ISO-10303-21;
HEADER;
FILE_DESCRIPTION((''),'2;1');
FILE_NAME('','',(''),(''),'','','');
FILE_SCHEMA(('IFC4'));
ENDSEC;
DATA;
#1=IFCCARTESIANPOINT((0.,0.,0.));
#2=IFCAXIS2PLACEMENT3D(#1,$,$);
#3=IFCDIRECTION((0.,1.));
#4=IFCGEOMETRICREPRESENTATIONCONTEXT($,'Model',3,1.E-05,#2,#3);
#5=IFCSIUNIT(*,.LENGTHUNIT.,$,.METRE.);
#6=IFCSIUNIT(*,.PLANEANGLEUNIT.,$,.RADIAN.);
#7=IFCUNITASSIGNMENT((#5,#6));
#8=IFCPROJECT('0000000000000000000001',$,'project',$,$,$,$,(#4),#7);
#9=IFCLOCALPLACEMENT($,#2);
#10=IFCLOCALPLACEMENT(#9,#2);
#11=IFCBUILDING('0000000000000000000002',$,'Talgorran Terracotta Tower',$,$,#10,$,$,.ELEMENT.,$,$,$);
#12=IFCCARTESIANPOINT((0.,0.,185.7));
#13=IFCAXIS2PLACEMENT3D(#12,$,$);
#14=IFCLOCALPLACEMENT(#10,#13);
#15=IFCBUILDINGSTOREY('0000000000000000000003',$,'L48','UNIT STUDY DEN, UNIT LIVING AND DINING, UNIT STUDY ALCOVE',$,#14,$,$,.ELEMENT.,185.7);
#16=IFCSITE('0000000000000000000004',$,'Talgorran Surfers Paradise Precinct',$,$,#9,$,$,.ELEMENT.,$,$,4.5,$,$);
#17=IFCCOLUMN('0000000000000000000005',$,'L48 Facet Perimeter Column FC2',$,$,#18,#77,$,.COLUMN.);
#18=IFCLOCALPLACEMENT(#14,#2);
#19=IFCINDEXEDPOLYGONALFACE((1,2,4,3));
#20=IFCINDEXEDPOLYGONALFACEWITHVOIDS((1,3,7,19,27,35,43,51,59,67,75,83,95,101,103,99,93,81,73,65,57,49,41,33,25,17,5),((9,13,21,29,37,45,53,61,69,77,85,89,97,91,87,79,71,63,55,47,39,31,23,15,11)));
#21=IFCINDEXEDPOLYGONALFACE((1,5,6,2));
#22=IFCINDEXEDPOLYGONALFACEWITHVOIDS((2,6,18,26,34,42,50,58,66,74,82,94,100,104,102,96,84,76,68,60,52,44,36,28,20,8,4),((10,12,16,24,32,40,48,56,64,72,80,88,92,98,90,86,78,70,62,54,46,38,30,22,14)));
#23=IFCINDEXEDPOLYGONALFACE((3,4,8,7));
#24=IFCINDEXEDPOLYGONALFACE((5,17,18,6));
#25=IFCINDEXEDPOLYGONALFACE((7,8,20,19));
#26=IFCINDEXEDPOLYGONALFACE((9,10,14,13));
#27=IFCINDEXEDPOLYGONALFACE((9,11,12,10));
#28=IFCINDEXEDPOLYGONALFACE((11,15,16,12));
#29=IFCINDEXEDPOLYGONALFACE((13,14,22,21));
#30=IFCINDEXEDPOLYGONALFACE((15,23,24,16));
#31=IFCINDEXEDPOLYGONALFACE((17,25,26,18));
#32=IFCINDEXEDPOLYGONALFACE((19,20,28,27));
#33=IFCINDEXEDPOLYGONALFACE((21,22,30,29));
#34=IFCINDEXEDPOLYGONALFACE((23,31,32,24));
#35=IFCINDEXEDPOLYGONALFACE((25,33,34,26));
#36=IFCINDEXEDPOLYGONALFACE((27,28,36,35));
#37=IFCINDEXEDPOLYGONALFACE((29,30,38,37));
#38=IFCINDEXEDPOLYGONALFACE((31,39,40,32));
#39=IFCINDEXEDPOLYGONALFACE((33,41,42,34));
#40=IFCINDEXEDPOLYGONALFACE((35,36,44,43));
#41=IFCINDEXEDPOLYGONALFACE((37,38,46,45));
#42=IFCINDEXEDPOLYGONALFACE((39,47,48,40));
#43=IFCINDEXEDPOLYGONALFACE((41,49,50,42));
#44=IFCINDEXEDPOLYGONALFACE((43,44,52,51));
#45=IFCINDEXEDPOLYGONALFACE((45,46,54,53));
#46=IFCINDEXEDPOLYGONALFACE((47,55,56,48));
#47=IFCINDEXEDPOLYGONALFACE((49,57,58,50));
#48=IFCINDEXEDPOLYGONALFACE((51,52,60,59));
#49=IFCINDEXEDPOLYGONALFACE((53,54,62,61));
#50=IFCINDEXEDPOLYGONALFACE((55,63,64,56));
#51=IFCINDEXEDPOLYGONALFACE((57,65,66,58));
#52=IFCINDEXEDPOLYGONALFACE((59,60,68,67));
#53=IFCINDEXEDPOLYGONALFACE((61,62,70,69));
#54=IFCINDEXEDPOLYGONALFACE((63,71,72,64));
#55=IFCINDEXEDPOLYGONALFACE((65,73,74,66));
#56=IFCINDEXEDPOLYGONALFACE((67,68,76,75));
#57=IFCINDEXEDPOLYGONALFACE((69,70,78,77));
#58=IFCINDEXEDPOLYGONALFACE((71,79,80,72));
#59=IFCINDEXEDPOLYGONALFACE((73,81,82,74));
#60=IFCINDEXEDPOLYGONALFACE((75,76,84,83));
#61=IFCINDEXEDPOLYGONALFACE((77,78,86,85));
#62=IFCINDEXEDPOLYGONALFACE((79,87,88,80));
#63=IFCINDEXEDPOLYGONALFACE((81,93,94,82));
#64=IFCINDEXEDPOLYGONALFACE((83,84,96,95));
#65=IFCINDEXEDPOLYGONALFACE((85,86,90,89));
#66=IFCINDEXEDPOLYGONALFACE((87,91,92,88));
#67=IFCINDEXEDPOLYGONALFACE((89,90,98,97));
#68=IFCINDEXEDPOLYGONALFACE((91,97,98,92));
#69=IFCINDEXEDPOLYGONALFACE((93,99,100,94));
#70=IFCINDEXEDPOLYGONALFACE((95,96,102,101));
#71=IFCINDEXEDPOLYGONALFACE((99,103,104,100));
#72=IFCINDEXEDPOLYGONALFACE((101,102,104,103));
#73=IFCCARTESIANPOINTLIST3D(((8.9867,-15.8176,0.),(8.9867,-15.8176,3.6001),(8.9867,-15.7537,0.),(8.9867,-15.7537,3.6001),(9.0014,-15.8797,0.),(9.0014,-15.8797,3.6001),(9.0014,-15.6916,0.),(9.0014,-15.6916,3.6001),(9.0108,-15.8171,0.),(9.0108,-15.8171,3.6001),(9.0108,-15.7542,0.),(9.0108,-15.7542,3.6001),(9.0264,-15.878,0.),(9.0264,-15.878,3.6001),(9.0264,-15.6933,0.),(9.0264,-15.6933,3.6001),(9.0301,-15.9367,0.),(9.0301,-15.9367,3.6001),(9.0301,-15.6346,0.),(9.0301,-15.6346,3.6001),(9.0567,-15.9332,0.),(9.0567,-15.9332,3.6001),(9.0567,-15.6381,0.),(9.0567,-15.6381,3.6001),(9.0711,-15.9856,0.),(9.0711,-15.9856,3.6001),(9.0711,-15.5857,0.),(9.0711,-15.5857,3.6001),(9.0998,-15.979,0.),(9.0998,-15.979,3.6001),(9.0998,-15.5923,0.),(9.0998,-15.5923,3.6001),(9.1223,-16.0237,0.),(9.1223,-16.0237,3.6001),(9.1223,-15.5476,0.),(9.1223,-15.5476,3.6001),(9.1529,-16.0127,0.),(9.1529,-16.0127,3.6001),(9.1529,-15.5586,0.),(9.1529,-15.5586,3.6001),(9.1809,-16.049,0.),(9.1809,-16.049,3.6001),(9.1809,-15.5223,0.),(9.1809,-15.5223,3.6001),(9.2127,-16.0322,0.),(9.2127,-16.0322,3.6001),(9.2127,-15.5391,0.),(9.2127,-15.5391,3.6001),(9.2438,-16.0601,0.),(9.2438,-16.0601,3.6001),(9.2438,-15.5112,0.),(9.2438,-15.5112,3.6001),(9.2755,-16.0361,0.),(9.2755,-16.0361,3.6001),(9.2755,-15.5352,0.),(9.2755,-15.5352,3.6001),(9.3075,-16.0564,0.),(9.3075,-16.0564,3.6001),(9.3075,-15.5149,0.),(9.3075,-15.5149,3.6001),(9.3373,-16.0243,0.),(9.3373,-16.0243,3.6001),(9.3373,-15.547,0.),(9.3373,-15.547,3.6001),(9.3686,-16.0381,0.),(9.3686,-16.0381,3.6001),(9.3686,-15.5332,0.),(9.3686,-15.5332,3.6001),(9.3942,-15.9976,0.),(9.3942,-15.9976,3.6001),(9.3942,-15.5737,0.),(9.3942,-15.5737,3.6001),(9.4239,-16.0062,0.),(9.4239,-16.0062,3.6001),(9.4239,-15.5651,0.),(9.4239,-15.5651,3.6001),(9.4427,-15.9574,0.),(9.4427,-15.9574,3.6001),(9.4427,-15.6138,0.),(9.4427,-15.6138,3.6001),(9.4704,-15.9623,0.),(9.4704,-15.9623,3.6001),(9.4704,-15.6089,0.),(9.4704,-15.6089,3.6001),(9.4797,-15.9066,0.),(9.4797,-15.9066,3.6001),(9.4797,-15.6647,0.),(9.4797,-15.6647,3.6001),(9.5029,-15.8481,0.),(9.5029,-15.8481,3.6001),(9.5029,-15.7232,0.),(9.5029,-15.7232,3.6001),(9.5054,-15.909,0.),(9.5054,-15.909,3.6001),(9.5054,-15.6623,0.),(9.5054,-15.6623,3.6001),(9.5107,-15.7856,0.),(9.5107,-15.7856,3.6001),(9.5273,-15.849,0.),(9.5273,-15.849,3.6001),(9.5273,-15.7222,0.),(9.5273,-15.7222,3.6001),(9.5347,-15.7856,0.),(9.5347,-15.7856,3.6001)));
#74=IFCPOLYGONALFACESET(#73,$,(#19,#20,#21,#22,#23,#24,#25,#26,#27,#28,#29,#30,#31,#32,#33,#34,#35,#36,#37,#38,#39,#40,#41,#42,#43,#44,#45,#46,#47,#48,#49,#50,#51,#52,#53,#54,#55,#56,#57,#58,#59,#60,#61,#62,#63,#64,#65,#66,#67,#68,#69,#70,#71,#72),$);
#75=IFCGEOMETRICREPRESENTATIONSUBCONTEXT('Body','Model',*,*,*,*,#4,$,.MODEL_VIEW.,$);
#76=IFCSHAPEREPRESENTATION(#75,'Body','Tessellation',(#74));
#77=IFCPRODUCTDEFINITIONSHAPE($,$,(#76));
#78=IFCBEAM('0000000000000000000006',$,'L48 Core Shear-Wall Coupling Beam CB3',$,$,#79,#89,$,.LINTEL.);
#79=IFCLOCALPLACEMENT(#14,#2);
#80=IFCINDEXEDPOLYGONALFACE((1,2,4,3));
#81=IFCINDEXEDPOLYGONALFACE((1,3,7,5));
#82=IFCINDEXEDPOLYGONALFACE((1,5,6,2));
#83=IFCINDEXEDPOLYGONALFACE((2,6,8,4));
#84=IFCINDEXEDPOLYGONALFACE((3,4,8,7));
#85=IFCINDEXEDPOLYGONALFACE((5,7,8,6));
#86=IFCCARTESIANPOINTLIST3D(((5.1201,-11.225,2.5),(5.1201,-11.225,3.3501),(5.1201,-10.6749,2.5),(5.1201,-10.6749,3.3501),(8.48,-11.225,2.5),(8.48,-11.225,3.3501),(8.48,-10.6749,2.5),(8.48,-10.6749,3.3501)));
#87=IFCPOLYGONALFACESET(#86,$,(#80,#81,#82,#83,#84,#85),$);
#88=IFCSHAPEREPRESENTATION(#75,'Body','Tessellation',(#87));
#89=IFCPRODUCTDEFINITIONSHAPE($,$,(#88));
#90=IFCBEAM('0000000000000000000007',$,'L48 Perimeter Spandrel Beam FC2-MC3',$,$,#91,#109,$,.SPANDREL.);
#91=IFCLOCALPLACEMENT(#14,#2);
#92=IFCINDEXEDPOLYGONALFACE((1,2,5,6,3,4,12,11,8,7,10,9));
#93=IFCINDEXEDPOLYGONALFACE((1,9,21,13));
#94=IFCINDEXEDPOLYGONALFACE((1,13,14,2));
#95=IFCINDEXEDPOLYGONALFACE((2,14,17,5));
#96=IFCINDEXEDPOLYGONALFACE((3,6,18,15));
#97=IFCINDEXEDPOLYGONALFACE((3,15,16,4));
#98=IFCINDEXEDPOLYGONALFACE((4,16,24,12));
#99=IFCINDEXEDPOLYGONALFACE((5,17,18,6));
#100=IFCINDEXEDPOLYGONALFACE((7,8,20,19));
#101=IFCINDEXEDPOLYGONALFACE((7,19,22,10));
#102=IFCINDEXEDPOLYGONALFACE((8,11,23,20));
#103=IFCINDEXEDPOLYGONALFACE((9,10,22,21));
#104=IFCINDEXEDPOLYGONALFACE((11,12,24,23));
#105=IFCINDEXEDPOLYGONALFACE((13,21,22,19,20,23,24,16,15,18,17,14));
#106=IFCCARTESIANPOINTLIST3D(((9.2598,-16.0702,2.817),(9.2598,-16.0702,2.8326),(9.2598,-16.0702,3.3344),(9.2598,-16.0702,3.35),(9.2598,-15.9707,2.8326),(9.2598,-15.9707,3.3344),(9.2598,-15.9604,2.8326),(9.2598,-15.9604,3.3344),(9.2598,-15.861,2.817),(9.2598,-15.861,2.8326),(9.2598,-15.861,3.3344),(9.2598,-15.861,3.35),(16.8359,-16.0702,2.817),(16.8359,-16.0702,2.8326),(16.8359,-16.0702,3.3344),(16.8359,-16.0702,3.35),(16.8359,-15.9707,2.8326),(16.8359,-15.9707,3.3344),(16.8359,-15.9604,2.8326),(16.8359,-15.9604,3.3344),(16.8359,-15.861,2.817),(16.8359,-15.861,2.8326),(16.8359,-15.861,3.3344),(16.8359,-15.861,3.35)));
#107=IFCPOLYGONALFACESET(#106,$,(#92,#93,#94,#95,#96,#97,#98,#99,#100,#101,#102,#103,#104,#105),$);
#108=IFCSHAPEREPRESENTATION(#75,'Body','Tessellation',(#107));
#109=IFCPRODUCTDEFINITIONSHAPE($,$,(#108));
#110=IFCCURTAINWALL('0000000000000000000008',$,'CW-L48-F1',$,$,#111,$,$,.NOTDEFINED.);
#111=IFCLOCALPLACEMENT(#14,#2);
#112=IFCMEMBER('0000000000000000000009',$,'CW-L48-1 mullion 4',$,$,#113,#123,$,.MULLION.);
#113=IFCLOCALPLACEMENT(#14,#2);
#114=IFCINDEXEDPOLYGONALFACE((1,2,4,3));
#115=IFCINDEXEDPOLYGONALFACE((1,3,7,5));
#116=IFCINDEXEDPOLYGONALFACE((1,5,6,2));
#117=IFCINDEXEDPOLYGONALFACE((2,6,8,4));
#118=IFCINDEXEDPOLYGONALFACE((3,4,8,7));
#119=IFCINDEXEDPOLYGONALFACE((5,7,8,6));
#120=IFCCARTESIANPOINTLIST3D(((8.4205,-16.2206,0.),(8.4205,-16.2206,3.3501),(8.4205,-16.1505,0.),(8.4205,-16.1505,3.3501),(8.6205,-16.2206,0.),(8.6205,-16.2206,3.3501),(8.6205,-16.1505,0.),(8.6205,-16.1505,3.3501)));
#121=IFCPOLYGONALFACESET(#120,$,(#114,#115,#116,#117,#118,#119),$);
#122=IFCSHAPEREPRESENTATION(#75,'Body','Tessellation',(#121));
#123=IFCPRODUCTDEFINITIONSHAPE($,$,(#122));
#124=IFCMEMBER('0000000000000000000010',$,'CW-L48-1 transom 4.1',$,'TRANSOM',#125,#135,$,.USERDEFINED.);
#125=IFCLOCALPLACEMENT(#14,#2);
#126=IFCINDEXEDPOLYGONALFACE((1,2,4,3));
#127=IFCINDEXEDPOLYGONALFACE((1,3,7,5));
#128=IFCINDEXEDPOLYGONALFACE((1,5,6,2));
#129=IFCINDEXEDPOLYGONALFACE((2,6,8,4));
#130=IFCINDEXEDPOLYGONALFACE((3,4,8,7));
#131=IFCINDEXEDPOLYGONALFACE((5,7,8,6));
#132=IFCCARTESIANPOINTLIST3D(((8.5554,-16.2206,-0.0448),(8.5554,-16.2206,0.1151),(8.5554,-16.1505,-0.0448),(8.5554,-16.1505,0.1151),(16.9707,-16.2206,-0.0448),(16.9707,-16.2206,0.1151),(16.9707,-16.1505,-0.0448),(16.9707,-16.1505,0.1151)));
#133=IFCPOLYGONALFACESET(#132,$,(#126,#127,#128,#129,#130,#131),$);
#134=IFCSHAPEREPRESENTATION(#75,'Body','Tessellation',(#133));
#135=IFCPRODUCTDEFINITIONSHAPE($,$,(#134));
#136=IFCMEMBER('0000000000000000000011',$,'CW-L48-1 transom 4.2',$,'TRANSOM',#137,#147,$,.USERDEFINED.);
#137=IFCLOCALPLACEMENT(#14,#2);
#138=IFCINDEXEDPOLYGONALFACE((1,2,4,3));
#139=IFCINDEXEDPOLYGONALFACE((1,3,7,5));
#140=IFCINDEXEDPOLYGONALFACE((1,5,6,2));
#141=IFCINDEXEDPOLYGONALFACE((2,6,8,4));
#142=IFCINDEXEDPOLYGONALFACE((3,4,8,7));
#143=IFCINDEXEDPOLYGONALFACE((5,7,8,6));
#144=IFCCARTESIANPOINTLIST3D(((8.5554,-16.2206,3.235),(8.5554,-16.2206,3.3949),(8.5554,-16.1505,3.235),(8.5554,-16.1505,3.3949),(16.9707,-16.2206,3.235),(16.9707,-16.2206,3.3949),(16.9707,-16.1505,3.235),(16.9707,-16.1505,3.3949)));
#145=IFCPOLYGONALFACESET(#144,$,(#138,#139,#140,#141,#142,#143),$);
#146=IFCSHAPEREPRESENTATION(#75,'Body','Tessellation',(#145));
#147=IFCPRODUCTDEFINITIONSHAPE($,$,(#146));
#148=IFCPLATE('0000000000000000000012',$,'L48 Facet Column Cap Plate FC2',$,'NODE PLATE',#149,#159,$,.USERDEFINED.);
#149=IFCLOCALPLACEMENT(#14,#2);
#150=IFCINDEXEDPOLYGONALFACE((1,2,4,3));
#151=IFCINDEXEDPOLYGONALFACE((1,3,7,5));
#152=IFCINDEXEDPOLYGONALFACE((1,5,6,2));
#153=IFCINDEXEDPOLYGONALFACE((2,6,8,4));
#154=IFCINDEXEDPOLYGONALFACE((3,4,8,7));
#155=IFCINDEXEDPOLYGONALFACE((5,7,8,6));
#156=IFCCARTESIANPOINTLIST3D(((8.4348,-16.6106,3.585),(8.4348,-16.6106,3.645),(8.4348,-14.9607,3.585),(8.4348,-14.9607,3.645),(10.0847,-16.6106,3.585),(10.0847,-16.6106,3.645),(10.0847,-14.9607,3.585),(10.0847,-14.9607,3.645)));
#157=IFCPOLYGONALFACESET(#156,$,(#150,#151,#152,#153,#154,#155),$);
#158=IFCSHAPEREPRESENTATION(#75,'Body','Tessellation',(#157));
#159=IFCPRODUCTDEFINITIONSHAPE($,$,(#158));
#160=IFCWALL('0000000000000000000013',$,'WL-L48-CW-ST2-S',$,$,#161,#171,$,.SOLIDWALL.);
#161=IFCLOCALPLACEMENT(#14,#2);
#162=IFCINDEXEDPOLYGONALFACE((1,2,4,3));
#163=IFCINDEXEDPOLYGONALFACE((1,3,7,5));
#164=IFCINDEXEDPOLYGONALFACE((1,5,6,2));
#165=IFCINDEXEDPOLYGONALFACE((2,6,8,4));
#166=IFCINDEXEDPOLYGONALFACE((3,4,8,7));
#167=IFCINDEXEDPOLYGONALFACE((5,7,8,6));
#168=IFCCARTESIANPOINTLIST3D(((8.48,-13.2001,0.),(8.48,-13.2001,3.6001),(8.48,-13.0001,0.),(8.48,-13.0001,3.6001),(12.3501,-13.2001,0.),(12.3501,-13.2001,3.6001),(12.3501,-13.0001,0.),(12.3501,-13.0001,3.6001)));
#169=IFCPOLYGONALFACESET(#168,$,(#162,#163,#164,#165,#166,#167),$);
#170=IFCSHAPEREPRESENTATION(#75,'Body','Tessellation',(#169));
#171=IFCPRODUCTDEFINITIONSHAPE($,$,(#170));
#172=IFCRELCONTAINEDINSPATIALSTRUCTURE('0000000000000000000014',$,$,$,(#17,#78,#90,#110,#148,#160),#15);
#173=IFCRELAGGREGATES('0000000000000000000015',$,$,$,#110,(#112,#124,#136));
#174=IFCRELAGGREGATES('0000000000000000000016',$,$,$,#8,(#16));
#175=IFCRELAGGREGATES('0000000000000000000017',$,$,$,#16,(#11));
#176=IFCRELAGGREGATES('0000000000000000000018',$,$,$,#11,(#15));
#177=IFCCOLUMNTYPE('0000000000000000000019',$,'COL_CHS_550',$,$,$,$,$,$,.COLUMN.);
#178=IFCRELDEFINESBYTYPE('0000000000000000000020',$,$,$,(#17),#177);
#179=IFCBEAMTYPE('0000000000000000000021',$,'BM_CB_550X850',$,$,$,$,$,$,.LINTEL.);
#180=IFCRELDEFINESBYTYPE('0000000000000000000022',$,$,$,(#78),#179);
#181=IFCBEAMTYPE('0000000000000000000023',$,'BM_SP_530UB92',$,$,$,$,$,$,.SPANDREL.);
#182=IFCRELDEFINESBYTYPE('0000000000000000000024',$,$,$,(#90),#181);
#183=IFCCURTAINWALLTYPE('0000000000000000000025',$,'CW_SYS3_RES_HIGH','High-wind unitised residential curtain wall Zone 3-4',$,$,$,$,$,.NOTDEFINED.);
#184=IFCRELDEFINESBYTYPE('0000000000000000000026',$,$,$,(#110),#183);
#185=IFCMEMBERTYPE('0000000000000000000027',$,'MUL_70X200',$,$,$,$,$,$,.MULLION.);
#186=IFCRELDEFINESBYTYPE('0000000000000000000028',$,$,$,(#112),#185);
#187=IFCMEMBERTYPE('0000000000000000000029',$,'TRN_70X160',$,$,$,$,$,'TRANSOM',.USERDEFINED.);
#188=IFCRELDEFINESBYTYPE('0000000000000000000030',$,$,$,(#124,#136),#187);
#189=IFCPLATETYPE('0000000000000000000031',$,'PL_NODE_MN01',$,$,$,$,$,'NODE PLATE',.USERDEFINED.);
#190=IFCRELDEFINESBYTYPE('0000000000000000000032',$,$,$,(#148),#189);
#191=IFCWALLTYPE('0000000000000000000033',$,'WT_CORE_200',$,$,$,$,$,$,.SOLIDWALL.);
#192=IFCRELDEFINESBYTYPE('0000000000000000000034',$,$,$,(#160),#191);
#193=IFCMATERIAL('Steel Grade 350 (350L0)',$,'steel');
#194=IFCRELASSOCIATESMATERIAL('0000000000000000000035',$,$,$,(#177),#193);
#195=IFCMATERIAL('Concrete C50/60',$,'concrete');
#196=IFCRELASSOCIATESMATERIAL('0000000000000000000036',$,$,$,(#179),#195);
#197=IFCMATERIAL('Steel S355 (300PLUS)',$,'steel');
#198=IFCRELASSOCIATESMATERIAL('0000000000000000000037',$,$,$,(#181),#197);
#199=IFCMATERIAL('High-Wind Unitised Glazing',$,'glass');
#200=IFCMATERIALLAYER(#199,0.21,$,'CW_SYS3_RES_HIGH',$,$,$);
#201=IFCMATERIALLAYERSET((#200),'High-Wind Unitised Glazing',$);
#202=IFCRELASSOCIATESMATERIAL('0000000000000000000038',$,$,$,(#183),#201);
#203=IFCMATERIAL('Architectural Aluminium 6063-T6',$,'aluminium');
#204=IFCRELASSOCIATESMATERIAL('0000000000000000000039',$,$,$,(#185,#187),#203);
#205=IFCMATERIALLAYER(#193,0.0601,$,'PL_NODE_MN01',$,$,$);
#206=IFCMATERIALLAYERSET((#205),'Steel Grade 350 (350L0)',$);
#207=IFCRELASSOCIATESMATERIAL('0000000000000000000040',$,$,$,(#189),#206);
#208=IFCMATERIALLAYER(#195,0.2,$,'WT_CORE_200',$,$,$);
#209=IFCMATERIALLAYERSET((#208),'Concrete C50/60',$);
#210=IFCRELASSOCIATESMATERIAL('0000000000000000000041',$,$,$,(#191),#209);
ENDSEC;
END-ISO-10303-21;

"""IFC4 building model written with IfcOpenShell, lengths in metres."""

from ifc_helpers import new_model, si_unit, direction, frame, frame_2d, origin, origin_2d, place, context, subcontext, project, spatial, rectangle, hollow_circle, i_section, extrude, material, layer, layer_set, material_profile, profile_set, type_object, element, aggregate, save


model = new_model("IFC4")

# Units and contexts
model_context = context("Model", 3, precision=1e-05, world=origin(), true_north=direction((0.0, 1.0)))
body_context = subcontext(model_context, "Body", "Model", "MODEL_VIEW")
ifc_project = project(units=[si_unit("LENGTHUNIT", "METRE"), si_unit("PLANEANGLEUNIT", "RADIAN")], contexts=[model_context])

# Site, building, storey
site_placement = place(None, origin())
site = spatial("IfcSite", under=ifc_project, at=site_placement, Name="Talgorran Surfers Paradise Precinct", CompositionType="ELEMENT", RefElevation=4.5)
building_placement = place(site_placement, origin())
building = spatial("IfcBuilding", under=site, at=building_placement, Name="Talgorran Terracotta Tower", CompositionType="ELEMENT")
storey_placement = place(building_placement, frame((0.0, 0.0, 185.7)))
storey = spatial("IfcBuildingStorey", under=building, at=storey_placement, Name="L48", Description="UNIT STUDY DEN, UNIT LIVING AND DINING, UNIT STUDY ALCOVE", CompositionType="ELEMENT", Elevation=185.7)

# Column
ifc_material_1 = material(Name="Steel Grade 350 (350L0)", Category="steel")
ifc_material_profile_1 = material_profile(ifc_material_1, hollow_circle(Radius=0.2749, WallThickness=0.0239, at=origin_2d()), Name="CHS550X24")
ifc_profile_set_1 = profile_set([ifc_material_profile_1], Name="Steel Grade 350 (350L0)")
column_type = type_object("IfcColumnType", Name="COL_CHS_550", PredefinedType="COLUMN", material=ifc_profile_set_1)
column_placement = place(storey_placement, frame((9.2598, -15.7856, 0.0), z_axis=(0.0, 0.0, 1.0), x_axis=(1.0, 0.0, 0.0)))
element("IfcColumn", 1, at=column_placement, inside=storey, type_object=column_type, Name="L48 Facet Perimeter Column FC2", PredefinedType="COLUMN", context=body_context, shape_type="SweptSolid", body=[
    extrude(hollow_circle(Radius=0.2749, WallThickness=0.0239, at=origin_2d()), origin(), (0.0, 0.0, 1.0), 3.6001),
])

# Beams
ifc_material_2 = material(Name="Concrete C50/60", Category="concrete")
ifc_material_profile_2 = material_profile(ifc_material_2, rectangle(XDim=0.55, YDim=0.8501, at=origin_2d()), Name="RCCB550X850")
ifc_profile_set_2 = profile_set([ifc_material_profile_2], Name="Concrete C50/60")
beam_type_1 = type_object("IfcBeamType", Name="BM_CB_550X850", PredefinedType="LINTEL", material=ifc_profile_set_2)
beam_1_placement = place(storey_placement, frame((5.1201, -10.95, 2.925), z_axis=(1.0, 0.0, 0.0), x_axis=(0.0, 1.0, 0.0)))
element("IfcBeam", 2, at=beam_1_placement, inside=storey, type_object=beam_type_1, Name="L48 Core Shear-Wall Coupling Beam CB3", PredefinedType="LINTEL", context=body_context, shape_type="SweptSolid", body=[
    extrude(rectangle(XDim=0.55, YDim=0.8501, at=origin_2d()), origin(), (0.0, 0.0, 1.0), 3.3599),
])
ifc_material_3 = material(Name="Steel S355 (300PLUS)", Category="steel")
ifc_material_profile_3 = material_profile(ifc_material_3, i_section(OverallWidth=0.2092, OverallDepth=0.533, WebThickness=0.0103, FlangeThickness=0.0156, at=origin_2d()), Name="530UB92.4")
ifc_profile_set_3 = profile_set([ifc_material_profile_3], Name="Steel S355 (300PLUS)")
beam_type_2 = type_object("IfcBeamType", Name="BM_SP_530UB92", PredefinedType="SPANDREL", material=ifc_profile_set_3)
beam_2_placement = place(storey_placement, frame((9.2598, -15.9656, 3.0835), z_axis=(1.0, 0.0, 0.0), x_axis=(0.0, 1.0, 0.0)))
element("IfcBeam", 3, at=beam_2_placement, inside=storey, type_object=beam_type_2, Name="L48 Perimeter Spandrel Beam FC2-MC3", PredefinedType="SPANDREL", context=body_context, shape_type="SweptSolid", body=[
    extrude(i_section(OverallWidth=0.2092, OverallDepth=0.533, WebThickness=0.0103, FlangeThickness=0.0156, at=origin_2d()), origin(), (0.0, 0.0, 1.0), 7.5762),
])

# Curtain wall, members
ifc_material_4 = material(Name="High-Wind Unitised Glazing", Category="glass")
ifc_layer_1 = layer(ifc_material_4, 0.21, Name="CW_SYS3_RES_HIGH")
ifc_layer_set_1 = layer_set([ifc_layer_1], Name="High-Wind Unitised Glazing")
curtain_wall_type = type_object("IfcCurtainWallType", Name="CW_SYS3_RES_HIGH", Description="High-wind unitised residential curtain wall Zone 3-4", PredefinedType="NOTDEFINED", material=ifc_layer_set_1)
curtain_wall_placement = place(storey_placement, origin())
curtain_wall = element("IfcCurtainWall", 4, at=curtain_wall_placement, inside=storey, type_object=curtain_wall_type, Name="CW-L48-F1", PredefinedType="NOTDEFINED")
ifc_material_5 = material(Name="Architectural Aluminium 6063-T6", Category="aluminium")
ifc_material_profile_4 = material_profile(ifc_material_5, rectangle(XDim=0.0701, YDim=0.2, at=origin_2d()), Name="CWM70X200")
ifc_profile_set_4 = profile_set([ifc_material_profile_4], Name="Architectural Aluminium 6063-T6")
member_type_1 = type_object("IfcMemberType", Name="MUL_70X200", PredefinedType="MULLION", material=ifc_profile_set_4)
member_1_placement = place(storey_placement, frame((8.5205, -16.1855, 0.0), z_axis=(0.0, 0.0, 1.0), x_axis=(0.0, 1.0, 0.0)))
member_1 = element("IfcMember", 5, at=member_1_placement, type_object=member_type_1, Name="CW-L48-1 mullion 4", PredefinedType="MULLION", context=body_context, shape_type="SweptSolid", body=[
    extrude(rectangle(XDim=0.0701, YDim=0.2, at=origin_2d()), origin(), (0.0, 0.0, 1.0), 3.3501),
])
ifc_material_profile_5 = material_profile(ifc_material_5, rectangle(XDim=0.0701, YDim=0.1599, at=origin_2d()), Name="CWT70X160")
ifc_profile_set_5 = profile_set([ifc_material_profile_5], Name="Architectural Aluminium 6063-T6")
member_type_2 = type_object("IfcMemberType", Name="TRN_70X160", ElementType="TRANSOM", PredefinedType="USERDEFINED", material=ifc_profile_set_5)
member_2_placement = place(storey_placement, frame((8.5554, -16.1855, 0.0352), z_axis=(1.0, 0.0, 0.0), x_axis=(0.0, 1.0, 0.0)))
member_2 = element("IfcMember", 6, at=member_2_placement, type_object=member_type_2, Name="CW-L48-1 transom 4.1", ObjectType="TRANSOM", PredefinedType="USERDEFINED", context=body_context, shape_type="SweptSolid", body=[
    extrude(rectangle(XDim=0.0701, YDim=0.1599, at=origin_2d()), origin(), (0.0, 0.0, 1.0), 8.4153),
])
member_3_placement = place(storey_placement, frame((8.5554, -16.1855, 3.3149), z_axis=(1.0, 0.0, 0.0), x_axis=(0.0, 1.0, 0.0)))
member_3 = element("IfcMember", 7, at=member_3_placement, type_object=member_type_2, Name="CW-L48-1 transom 4.2", ObjectType="TRANSOM", PredefinedType="USERDEFINED", context=body_context, shape_type="SweptSolid", body=[
    extrude(rectangle(XDim=0.0701, YDim=0.1599, at=origin_2d()), origin(), (0.0, 0.0, 1.0), 8.4153),
])
aggregate(curtain_wall, [member_1, member_2, member_3])

# Plate
ifc_layer_2 = layer(ifc_material_1, 0.0601, Name="PL_NODE_MN01")
ifc_layer_set_2 = layer_set([ifc_layer_2], Name="Steel Grade 350 (350L0)")
plate_type = type_object("IfcPlateType", Name="PL_NODE_MN01", ElementType="NODE PLATE", PredefinedType="USERDEFINED", material=ifc_layer_set_2)
plate_placement = place(storey_placement, frame((9.2598, -15.7856, 3.585), z_axis=(0.0, 0.0, 1.0), x_axis=(1.0, 0.0, 0.0)))
element("IfcPlate", 8, at=plate_placement, inside=storey, type_object=plate_type, Name="L48 Facet Column Cap Plate FC2", ObjectType="NODE PLATE", PredefinedType="USERDEFINED", context=body_context, shape_type="SweptSolid", body=[
    extrude(rectangle(XDim=1.6499, YDim=1.6499, at=origin_2d()), origin(), (0.0, 0.0, 1.0), 0.0601),
])

# Wall
ifc_layer_3 = layer(ifc_material_2, 0.2, Name="WT_CORE_200")
ifc_layer_set_3 = layer_set([ifc_layer_3], Name="Concrete C50/60")
wall_type_1 = type_object("IfcWallType", Name="WT_CORE_200", PredefinedType="SOLIDWALL", material=ifc_layer_set_3)
wall_1_placement = place(storey_placement, frame((8.48, -13.1001, 0.0), z_axis=(0.0, 0.0, 1.0), x_axis=(1.0, 0.0, 0.0)))
element("IfcWall", 9, at=wall_1_placement, inside=storey, type_object=wall_type_1, Name="WL-L48-CW-ST2-S", PredefinedType="SOLIDWALL", context=body_context, shape_type="SweptSolid", body=[
    extrude(rectangle(XDim=3.8701, YDim=0.2, at=frame_2d((1.9351, 0.0))), origin(), (0.0, 0.0, 1.0), 3.6001),
])

save(model, "model.ifc")
